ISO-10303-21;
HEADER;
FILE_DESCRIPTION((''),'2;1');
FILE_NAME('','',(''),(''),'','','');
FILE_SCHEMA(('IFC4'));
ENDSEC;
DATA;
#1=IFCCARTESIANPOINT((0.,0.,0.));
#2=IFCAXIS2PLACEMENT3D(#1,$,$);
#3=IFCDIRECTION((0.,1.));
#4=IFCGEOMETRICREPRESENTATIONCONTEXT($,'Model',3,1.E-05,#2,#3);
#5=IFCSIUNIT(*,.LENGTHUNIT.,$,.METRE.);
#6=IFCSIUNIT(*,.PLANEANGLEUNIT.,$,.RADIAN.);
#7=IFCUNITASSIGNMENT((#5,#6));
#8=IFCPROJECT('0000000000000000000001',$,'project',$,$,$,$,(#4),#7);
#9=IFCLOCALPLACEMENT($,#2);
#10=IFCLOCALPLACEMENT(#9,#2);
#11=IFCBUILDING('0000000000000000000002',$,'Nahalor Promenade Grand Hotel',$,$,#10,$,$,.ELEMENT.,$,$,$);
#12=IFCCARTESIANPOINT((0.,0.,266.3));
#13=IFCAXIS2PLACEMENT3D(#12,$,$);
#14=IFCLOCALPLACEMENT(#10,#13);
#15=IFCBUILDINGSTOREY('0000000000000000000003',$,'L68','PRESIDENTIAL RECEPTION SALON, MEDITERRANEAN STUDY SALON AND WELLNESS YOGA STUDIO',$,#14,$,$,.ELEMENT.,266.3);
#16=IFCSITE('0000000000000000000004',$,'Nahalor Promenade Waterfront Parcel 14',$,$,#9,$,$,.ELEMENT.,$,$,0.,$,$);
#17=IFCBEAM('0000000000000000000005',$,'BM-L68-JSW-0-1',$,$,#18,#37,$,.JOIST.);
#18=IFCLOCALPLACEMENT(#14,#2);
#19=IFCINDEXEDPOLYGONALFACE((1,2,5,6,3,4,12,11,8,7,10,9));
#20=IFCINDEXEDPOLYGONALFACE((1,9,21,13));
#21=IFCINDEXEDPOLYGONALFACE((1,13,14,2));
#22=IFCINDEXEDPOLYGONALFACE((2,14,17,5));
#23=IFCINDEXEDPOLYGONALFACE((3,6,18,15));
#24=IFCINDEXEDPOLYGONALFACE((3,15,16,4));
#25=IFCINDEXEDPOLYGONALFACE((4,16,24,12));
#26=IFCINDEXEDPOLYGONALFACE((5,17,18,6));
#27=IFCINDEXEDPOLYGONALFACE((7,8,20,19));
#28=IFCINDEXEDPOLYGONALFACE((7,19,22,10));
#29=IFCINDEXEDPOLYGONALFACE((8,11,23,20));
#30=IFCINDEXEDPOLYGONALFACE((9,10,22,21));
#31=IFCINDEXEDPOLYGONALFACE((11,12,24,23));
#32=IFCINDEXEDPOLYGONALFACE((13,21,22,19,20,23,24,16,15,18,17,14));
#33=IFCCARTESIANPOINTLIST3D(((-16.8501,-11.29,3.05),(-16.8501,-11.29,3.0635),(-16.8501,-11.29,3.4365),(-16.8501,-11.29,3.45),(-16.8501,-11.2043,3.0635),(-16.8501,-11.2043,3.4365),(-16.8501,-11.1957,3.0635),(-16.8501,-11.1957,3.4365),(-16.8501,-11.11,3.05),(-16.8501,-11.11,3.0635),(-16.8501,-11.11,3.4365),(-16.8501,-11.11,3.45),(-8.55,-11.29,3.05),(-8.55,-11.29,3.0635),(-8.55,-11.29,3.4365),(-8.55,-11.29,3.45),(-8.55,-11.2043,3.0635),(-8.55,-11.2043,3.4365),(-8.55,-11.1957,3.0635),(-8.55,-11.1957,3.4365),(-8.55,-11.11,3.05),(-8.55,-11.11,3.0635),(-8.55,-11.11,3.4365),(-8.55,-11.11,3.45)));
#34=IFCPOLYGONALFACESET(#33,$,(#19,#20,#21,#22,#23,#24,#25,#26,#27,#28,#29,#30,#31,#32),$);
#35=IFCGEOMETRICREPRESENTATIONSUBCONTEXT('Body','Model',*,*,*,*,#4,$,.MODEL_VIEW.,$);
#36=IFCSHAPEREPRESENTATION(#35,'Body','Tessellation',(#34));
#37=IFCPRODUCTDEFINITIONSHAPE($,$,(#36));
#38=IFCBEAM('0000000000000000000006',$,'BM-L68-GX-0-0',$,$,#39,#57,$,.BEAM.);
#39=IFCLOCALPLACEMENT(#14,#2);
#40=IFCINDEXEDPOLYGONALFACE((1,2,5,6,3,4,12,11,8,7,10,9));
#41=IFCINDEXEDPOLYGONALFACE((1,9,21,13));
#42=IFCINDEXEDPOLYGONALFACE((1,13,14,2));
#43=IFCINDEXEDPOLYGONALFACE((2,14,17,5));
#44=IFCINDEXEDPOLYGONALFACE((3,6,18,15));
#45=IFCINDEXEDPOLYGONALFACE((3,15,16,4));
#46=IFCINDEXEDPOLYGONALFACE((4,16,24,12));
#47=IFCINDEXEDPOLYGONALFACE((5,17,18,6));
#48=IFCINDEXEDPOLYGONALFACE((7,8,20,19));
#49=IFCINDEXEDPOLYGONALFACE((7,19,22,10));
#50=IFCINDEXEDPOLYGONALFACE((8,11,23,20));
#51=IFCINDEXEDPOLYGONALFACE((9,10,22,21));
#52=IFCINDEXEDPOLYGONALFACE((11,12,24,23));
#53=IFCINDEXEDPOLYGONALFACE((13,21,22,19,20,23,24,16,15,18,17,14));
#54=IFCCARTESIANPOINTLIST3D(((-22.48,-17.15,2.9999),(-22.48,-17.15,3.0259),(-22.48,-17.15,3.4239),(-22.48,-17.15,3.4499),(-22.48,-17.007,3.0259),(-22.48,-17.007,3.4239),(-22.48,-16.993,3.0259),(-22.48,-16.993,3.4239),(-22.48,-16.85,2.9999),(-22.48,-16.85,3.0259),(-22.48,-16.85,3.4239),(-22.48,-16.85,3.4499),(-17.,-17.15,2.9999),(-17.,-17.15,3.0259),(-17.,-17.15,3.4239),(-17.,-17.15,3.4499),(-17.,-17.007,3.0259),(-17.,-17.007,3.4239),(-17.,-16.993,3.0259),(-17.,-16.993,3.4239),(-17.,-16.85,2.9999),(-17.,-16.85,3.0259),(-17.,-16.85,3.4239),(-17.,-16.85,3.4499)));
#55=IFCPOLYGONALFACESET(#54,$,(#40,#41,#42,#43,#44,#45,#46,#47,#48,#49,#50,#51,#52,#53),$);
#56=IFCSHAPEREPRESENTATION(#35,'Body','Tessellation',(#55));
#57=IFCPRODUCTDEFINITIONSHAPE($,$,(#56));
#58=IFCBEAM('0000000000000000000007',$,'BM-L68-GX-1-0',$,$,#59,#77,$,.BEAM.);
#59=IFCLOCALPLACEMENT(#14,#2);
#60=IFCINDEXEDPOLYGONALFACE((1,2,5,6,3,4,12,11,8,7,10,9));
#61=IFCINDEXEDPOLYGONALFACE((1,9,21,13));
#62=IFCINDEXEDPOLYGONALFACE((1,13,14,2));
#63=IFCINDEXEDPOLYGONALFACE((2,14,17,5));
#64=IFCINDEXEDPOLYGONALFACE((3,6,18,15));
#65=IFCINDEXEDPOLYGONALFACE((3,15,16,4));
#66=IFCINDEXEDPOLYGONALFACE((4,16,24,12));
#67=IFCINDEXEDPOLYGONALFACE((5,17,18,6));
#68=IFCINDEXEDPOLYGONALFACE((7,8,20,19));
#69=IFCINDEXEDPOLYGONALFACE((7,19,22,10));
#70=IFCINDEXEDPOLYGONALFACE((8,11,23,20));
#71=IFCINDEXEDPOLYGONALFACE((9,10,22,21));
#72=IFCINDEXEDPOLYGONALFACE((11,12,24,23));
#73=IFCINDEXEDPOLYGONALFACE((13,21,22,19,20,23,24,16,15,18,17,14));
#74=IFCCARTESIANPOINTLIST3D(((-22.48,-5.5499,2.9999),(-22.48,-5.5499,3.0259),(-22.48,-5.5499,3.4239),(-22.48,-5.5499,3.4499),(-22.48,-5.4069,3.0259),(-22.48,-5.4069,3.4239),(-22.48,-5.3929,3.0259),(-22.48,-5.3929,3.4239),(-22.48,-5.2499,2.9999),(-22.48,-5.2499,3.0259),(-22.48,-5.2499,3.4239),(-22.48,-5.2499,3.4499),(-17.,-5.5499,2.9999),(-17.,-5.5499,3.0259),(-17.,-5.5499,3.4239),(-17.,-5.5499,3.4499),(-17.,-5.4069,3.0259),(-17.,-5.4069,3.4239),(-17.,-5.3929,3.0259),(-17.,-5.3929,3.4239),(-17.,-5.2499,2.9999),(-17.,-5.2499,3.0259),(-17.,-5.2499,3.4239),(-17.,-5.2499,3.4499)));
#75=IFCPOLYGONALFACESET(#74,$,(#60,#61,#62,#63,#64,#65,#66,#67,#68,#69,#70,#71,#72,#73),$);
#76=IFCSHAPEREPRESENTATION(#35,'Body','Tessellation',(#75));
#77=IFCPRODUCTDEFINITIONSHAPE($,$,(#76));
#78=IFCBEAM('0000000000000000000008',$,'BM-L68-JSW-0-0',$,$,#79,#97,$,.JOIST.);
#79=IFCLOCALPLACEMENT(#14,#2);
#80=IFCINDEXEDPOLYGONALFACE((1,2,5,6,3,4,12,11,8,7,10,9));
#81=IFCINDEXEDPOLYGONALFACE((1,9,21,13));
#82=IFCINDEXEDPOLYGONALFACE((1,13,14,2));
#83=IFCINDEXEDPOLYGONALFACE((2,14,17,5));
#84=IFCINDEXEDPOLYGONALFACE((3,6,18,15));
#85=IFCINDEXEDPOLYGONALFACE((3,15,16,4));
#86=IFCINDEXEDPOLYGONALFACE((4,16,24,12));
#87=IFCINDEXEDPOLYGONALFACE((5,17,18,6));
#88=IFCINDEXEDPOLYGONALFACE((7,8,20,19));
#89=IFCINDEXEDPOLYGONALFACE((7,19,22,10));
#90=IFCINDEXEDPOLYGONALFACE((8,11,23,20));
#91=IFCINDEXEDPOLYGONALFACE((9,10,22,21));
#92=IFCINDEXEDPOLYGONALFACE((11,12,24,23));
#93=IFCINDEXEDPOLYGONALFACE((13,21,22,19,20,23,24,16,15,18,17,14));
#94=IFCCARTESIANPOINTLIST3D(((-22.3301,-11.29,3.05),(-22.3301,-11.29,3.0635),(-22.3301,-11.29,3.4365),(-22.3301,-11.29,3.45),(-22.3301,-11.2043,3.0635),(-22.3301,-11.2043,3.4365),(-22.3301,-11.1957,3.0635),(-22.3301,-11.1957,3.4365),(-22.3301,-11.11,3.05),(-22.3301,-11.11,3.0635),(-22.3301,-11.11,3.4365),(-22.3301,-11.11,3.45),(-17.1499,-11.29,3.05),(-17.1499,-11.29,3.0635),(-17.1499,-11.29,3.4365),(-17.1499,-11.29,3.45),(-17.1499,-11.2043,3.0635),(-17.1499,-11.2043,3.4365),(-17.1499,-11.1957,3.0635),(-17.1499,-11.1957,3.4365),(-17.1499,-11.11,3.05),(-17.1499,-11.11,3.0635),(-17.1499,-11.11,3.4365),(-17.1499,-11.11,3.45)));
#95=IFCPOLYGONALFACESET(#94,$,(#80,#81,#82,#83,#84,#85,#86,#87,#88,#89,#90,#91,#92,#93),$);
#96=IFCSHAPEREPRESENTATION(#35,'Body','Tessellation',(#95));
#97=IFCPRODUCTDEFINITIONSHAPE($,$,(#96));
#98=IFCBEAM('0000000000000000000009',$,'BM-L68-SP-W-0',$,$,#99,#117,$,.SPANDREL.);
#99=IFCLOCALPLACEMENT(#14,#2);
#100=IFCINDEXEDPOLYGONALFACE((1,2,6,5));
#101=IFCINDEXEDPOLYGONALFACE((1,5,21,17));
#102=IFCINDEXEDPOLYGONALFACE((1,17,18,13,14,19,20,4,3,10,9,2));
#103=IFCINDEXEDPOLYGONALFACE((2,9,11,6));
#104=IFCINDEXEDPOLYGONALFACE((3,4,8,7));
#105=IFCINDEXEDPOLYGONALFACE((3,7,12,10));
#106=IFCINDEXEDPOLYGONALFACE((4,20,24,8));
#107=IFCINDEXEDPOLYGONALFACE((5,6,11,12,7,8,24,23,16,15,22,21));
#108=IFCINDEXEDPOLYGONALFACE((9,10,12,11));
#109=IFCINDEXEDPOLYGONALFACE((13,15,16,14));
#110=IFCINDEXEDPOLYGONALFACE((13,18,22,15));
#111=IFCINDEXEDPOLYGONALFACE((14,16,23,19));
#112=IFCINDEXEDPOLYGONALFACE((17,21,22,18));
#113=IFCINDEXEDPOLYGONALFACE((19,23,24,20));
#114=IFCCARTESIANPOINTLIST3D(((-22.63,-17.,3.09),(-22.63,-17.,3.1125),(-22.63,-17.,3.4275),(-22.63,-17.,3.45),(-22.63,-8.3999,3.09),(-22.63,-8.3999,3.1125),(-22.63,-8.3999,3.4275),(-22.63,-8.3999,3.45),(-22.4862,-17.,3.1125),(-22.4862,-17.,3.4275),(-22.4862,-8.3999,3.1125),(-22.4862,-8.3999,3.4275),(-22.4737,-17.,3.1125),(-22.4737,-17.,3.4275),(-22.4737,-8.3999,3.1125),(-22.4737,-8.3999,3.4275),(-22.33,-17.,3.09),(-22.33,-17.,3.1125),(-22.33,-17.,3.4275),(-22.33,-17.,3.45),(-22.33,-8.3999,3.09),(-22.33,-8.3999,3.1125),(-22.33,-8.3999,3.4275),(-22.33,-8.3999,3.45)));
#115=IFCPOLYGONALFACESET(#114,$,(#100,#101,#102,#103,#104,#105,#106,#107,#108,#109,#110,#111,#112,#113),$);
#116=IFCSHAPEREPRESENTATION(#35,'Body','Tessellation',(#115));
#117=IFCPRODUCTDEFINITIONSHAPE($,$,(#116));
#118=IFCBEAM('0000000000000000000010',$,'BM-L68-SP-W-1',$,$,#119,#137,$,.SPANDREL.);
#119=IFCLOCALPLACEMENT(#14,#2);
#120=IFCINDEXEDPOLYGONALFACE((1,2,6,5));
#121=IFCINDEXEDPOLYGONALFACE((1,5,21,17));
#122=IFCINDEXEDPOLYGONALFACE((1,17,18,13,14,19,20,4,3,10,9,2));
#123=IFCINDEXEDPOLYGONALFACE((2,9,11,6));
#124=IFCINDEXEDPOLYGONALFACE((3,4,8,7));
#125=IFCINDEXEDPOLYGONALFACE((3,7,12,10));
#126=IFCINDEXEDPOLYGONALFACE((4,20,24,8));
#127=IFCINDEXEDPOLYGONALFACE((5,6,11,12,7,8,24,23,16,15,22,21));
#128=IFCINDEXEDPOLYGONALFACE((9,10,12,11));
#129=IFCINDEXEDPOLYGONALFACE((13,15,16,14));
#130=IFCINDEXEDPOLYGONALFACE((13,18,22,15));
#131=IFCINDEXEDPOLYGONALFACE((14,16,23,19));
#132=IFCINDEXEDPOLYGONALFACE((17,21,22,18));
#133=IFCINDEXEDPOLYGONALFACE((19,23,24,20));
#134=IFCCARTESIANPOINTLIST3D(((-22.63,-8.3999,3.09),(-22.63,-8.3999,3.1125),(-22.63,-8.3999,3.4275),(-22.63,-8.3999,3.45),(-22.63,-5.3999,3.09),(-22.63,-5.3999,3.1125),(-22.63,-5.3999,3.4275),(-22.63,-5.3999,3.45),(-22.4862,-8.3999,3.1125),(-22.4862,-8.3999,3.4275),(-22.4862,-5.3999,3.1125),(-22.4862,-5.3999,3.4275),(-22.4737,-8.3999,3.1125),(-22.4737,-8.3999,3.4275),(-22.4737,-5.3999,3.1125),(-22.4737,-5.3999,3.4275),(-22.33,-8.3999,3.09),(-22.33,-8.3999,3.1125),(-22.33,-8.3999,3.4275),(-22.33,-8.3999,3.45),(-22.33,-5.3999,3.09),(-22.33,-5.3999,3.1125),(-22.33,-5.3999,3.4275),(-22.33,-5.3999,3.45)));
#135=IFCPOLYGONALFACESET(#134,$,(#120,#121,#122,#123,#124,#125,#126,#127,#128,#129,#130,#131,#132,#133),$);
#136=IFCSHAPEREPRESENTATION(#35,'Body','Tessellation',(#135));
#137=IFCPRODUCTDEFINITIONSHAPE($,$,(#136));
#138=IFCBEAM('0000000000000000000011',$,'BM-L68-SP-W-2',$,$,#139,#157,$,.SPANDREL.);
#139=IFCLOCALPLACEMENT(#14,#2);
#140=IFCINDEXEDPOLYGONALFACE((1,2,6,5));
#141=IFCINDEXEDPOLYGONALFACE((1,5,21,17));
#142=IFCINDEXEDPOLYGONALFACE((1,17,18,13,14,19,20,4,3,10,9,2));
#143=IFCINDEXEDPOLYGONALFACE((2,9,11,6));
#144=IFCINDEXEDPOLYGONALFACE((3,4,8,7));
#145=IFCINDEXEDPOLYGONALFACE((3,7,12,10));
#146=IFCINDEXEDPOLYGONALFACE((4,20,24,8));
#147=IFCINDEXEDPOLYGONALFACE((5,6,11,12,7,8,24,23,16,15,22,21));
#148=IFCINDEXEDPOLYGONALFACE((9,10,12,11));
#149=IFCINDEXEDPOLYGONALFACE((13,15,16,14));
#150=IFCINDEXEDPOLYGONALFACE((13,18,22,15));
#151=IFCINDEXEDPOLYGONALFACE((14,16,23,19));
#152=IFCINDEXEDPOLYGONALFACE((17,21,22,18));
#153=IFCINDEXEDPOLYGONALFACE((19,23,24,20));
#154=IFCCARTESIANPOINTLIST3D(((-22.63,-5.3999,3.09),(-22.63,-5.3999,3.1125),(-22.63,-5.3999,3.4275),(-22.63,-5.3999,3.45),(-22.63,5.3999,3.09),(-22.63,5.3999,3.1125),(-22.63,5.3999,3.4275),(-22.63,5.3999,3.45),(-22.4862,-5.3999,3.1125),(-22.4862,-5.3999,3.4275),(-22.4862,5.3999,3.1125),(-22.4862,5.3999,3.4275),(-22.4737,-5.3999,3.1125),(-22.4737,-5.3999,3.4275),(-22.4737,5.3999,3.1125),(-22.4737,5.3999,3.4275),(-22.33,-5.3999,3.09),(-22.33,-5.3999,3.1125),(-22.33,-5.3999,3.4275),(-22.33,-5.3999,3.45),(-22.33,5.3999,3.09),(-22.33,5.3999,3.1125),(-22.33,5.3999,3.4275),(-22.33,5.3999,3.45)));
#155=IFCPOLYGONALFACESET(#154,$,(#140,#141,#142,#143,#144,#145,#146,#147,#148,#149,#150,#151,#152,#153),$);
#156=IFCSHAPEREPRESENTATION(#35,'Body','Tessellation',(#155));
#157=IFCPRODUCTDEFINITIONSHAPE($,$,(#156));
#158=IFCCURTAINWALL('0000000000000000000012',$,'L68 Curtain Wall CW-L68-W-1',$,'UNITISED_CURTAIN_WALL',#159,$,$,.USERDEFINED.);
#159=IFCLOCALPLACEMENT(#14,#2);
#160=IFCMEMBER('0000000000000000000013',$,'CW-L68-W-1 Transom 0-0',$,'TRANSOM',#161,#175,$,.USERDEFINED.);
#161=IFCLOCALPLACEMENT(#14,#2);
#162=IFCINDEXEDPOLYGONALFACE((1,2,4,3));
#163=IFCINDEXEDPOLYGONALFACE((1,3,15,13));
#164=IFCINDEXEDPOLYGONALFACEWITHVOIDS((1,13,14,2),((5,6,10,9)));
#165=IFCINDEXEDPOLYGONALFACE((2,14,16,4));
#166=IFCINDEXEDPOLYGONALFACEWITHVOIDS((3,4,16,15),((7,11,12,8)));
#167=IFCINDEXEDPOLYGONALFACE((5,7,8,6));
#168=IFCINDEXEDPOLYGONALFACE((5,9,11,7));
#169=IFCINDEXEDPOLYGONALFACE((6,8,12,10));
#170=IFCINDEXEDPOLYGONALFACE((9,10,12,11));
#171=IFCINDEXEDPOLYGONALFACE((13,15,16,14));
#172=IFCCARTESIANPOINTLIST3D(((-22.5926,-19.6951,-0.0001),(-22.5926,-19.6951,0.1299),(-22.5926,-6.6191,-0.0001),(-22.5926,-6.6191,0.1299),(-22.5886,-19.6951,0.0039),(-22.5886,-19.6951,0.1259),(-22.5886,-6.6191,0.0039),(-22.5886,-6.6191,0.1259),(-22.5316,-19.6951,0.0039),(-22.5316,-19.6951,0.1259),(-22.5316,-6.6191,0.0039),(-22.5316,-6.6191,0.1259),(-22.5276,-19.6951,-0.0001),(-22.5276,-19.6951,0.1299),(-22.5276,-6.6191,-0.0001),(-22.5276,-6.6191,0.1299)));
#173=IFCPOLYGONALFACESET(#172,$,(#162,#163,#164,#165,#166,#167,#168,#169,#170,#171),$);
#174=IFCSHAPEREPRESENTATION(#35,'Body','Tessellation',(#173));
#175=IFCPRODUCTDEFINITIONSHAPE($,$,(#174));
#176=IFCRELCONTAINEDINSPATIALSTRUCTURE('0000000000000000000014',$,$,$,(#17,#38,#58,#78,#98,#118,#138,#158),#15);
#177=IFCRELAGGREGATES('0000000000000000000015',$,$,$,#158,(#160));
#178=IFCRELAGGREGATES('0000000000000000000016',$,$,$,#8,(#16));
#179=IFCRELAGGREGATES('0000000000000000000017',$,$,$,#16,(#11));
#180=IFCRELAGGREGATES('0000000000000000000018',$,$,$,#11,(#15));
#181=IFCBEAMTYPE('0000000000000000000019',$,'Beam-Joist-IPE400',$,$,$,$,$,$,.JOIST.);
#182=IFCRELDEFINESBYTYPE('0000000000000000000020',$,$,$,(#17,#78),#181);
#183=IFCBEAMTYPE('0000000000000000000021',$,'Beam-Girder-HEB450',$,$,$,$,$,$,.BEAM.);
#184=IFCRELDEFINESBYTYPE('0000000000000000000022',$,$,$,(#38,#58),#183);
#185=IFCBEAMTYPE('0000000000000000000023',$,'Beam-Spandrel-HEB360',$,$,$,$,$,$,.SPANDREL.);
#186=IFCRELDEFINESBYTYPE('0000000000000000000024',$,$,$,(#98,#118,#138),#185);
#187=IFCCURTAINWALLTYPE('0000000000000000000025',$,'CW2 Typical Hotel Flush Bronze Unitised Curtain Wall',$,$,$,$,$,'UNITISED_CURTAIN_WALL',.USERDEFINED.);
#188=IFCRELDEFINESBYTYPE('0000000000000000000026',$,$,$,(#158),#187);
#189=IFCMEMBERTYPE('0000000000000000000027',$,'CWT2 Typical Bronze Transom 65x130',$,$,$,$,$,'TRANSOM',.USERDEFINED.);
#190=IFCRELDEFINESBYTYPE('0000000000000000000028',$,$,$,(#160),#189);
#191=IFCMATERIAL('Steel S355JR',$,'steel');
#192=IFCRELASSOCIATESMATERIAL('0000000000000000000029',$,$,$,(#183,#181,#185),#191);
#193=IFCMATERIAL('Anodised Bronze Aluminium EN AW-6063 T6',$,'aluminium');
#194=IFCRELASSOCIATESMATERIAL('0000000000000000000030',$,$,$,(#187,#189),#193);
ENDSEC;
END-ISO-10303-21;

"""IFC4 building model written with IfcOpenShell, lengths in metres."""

from ifc_helpers import new_model, si_unit, direction, frame, origin, origin_2d, place, context, subcontext, project, spatial, hollow_rectangle, i_section, extrude, source, transform, mapped, material, material_profile, profile_set, type_object, element, aggregate, save


model = new_model("IFC4")

# Units and contexts
model_context = context("Model", 3, precision=1e-05, world=origin(), true_north=direction((0.0, 1.0)))
body_context = subcontext(model_context, "Body", "Model", "MODEL_VIEW")
ifc_project = project(units=[si_unit("LENGTHUNIT", "METRE"), si_unit("PLANEANGLEUNIT", "RADIAN")], contexts=[model_context])

# Site, building, storey
site_placement = place(None, origin())
site = spatial("IfcSite", under=ifc_project, at=site_placement, Name="Nahalor Promenade Waterfront Parcel 14", CompositionType="ELEMENT", RefElevation=0.0)
building_placement = place(site_placement, origin())
building = spatial("IfcBuilding", under=site, at=building_placement, Name="Nahalor Promenade Grand Hotel", CompositionType="ELEMENT")
storey_placement = place(building_placement, frame((0.0, 0.0, 266.3)))
storey = spatial("IfcBuildingStorey", under=building, at=storey_placement, Name="L68", Description="PRESIDENTIAL RECEPTION SALON, MEDITERRANEAN STUDY SALON AND WELLNESS YOGA STUDIO", CompositionType="ELEMENT", Elevation=266.3)

# Shared definitions
ifc_material_1 = material(Name="Steel S355JR", Category="steel")

# Beams
ifc_material_profile_1 = material_profile(ifc_material_1, i_section(OverallWidth=0.3, OverallDepth=0.45, WebThickness=0.014, FlangeThickness=0.026, at=origin_2d()), Name="HEB 450")
ifc_profile_set_1 = profile_set([ifc_material_profile_1], Name="Steel S355JR")
beam_type_1 = type_object("IfcBeamType", Name="Beam-Girder-HEB450", PredefinedType="BEAM", material=ifc_profile_set_1)
ifc_material_profile_2 = material_profile(ifc_material_1, i_section(OverallWidth=0.18, OverallDepth=0.4, WebThickness=0.0086, FlangeThickness=0.0135, at=origin_2d()), Name="IPE 400")
ifc_profile_set_2 = profile_set([ifc_material_profile_2], Name="Steel S355JR")
beam_type_2 = type_object("IfcBeamType", Name="Beam-Joist-IPE400", PredefinedType="JOIST", material=ifc_profile_set_2)
shared_shape_1 = source(origin(), body_context, "Body", "SweptSolid", [
    extrude(i_section(OverallWidth=0.18, OverallDepth=0.4, WebThickness=0.0086, FlangeThickness=0.0135, at=origin_2d()), origin(), (0.0, 0.0, 1.0), 8.3),
])
beam_1_placement = place(storey_placement, frame((-16.8501, -11.2, 3.25), z_axis=(1.0, 0.0, 0.0), x_axis=(0.0, 1.0, 0.0)))
element("IfcBeam", 1, at=beam_1_placement, inside=storey, type_object=beam_type_2, Name="BM-L68-JSW-0-1", PredefinedType="JOIST", context=body_context, shape_type="MappedRepresentation", body=[
    mapped(shared_shape_1, transform((0.0, 0.0, 0.0), scale=1.0)),
])
shared_shape_2 = source(origin(), body_context, "Body", "SweptSolid", [
    extrude(i_section(OverallWidth=0.3, OverallDepth=0.45, WebThickness=0.014, FlangeThickness=0.026, at=origin_2d()), origin(), (0.0, 0.0, 1.0), 5.48),
])
for number, where, z_axis, x_axis, name in (
    (2, (-22.48, -17.0, 3.2249), (1.0, 0.0, 0.0), (0.0, 1.0, 0.0), "BM-L68-GX-0-0"),
    (3, (-22.48, -5.3999, 3.2249), (1.0, 0.0, 0.0), (0.0, 1.0, 0.0), "BM-L68-GX-1-0"),
):
    element("IfcBeam", number, at=place(storey_placement, frame(where, z_axis=z_axis, x_axis=x_axis)), inside=storey, type_object=beam_type_1, Name=name, PredefinedType="BEAM", context=body_context, shape_type="MappedRepresentation", body=[
        mapped(shared_shape_2, transform((0.0, 0.0, 0.0), scale=1.0)),
    ])
shared_shape_3 = source(origin(), body_context, "Body", "SweptSolid", [
    extrude(i_section(OverallWidth=0.18, OverallDepth=0.4, WebThickness=0.0086, FlangeThickness=0.0135, at=origin_2d()), origin(), (0.0, 0.0, 1.0), 5.1802),
])
beam_2_placement = place(storey_placement, frame((-22.3301, -11.2, 3.25), z_axis=(1.0, 0.0, 0.0), x_axis=(0.0, 1.0, 0.0)))
element("IfcBeam", 4, at=beam_2_placement, inside=storey, type_object=beam_type_2, Name="BM-L68-JSW-0-0", PredefinedType="JOIST", context=body_context, shape_type="MappedRepresentation", body=[
    mapped(shared_shape_3, transform((0.0, 0.0, 0.0), scale=1.0)),
])
ifc_material_profile_3 = material_profile(ifc_material_1, i_section(OverallWidth=0.3, OverallDepth=0.36, WebThickness=0.0125, FlangeThickness=0.0225, at=origin_2d()), Name="HEB 360")
ifc_profile_set_3 = profile_set([ifc_material_profile_3], Name="Steel S355JR")
beam_type_3 = type_object("IfcBeamType", Name="Beam-Spandrel-HEB360", PredefinedType="SPANDREL", material=ifc_profile_set_3)
shared_shape_4 = source(origin(), body_context, "Body", "SweptSolid", [
    extrude(i_section(OverallWidth=0.3, OverallDepth=0.36, WebThickness=0.0125, FlangeThickness=0.0225, at=origin_2d()), origin(), (0.0, 0.0, 1.0), 8.6001),
])
beam_3_placement = place(storey_placement, frame((-22.48, -17.0, 3.27), z_axis=(0.0, 1.0, 0.0), x_axis=(-1.0, 0.0, 0.0)))
element("IfcBeam", 5, at=beam_3_placement, inside=storey, type_object=beam_type_3, Name="BM-L68-SP-W-0", PredefinedType="SPANDREL", context=body_context, shape_type="MappedRepresentation", body=[
    mapped(shared_shape_4, transform((0.0, 0.0, 0.0), scale=1.0)),
])
shared_shape_5 = source(origin(), body_context, "Body", "SweptSolid", [
    extrude(i_section(OverallWidth=0.3, OverallDepth=0.36, WebThickness=0.0125, FlangeThickness=0.0225, at=origin_2d()), origin(), (0.0, 0.0, 1.0), 3.0),
])
beam_4_placement = place(storey_placement, frame((-22.48, -8.3999, 3.27), z_axis=(0.0, 1.0, 0.0), x_axis=(-1.0, 0.0, 0.0)))
element("IfcBeam", 6, at=beam_4_placement, inside=storey, type_object=beam_type_3, Name="BM-L68-SP-W-1", PredefinedType="SPANDREL", context=body_context, shape_type="MappedRepresentation", body=[
    mapped(shared_shape_5, transform((0.0, 0.0, 0.0), scale=1.0)),
])
shared_shape_6 = source(origin(), body_context, "Body", "SweptSolid", [
    extrude(i_section(OverallWidth=0.3, OverallDepth=0.36, WebThickness=0.0125, FlangeThickness=0.0225, at=origin_2d()), origin(), (0.0, 0.0, 1.0), 10.7998),
])
beam_5_placement = place(storey_placement, frame((-22.48, -5.3999, 3.27), z_axis=(0.0, 1.0, 0.0), x_axis=(-1.0, 0.0, 0.0)))
element("IfcBeam", 7, at=beam_5_placement, inside=storey, type_object=beam_type_3, Name="BM-L68-SP-W-2", PredefinedType="SPANDREL", context=body_context, shape_type="MappedRepresentation", body=[
    mapped(shared_shape_6, transform((0.0, 0.0, 0.0), scale=1.0)),
])

# Curtain wall, member
ifc_material_2 = material(Name="Anodised Bronze Aluminium EN AW-6063 T6", Category="aluminium")
curtain_wall_type = type_object("IfcCurtainWallType", Name="CW2 Typical Hotel Flush Bronze Unitised Curtain Wall", ElementType="UNITISED_CURTAIN_WALL", PredefinedType="USERDEFINED", material=ifc_material_2)
curtain_wall_placement = place(storey_placement, origin())
curtain_wall = element("IfcCurtainWall", 8, at=curtain_wall_placement, inside=storey, type_object=curtain_wall_type, Name="L68 Curtain Wall CW-L68-W-1", ObjectType="UNITISED_CURTAIN_WALL", PredefinedType="USERDEFINED")
ifc_material_profile_4 = material_profile(ifc_material_2, hollow_rectangle(XDim=0.065, YDim=0.13, WallThickness=0.004, at=origin_2d()), Name="CWT 65x130x4")
ifc_profile_set_4 = profile_set([ifc_material_profile_4], Name="Anodised Bronze Aluminium EN AW-6063 T6")
member_type_1 = type_object("IfcMemberType", Name="CWT2 Typical Bronze Transom 65x130", ElementType="TRANSOM", PredefinedType="USERDEFINED", material=ifc_profile_set_4)
shared_shape_7 = source(origin(), body_context, "Body", "SweptSolid", [
    extrude(hollow_rectangle(XDim=0.065, YDim=0.13, WallThickness=0.004, at=origin_2d()), origin(), (0.0, 0.0, 1.0), 13.0759),
])
member_1_placement = place(storey_placement, frame((-22.5601, -19.6951, 0.0649), z_axis=(0.0, 1.0, 0.0), x_axis=(-1.0, 0.0, 0.0)))
member_1 = element("IfcMember", 9, at=member_1_placement, type_object=member_type_1, Name="CW-L68-W-1 Transom 0-0", ObjectType="TRANSOM", PredefinedType="USERDEFINED", context=body_context, shape_type="MappedRepresentation", body=[
    mapped(shared_shape_7, transform((0.0, 0.0, 0.0), scale=1.0)),
])
aggregate(curtain_wall, [member_1])

save(model, "model.ifc")
